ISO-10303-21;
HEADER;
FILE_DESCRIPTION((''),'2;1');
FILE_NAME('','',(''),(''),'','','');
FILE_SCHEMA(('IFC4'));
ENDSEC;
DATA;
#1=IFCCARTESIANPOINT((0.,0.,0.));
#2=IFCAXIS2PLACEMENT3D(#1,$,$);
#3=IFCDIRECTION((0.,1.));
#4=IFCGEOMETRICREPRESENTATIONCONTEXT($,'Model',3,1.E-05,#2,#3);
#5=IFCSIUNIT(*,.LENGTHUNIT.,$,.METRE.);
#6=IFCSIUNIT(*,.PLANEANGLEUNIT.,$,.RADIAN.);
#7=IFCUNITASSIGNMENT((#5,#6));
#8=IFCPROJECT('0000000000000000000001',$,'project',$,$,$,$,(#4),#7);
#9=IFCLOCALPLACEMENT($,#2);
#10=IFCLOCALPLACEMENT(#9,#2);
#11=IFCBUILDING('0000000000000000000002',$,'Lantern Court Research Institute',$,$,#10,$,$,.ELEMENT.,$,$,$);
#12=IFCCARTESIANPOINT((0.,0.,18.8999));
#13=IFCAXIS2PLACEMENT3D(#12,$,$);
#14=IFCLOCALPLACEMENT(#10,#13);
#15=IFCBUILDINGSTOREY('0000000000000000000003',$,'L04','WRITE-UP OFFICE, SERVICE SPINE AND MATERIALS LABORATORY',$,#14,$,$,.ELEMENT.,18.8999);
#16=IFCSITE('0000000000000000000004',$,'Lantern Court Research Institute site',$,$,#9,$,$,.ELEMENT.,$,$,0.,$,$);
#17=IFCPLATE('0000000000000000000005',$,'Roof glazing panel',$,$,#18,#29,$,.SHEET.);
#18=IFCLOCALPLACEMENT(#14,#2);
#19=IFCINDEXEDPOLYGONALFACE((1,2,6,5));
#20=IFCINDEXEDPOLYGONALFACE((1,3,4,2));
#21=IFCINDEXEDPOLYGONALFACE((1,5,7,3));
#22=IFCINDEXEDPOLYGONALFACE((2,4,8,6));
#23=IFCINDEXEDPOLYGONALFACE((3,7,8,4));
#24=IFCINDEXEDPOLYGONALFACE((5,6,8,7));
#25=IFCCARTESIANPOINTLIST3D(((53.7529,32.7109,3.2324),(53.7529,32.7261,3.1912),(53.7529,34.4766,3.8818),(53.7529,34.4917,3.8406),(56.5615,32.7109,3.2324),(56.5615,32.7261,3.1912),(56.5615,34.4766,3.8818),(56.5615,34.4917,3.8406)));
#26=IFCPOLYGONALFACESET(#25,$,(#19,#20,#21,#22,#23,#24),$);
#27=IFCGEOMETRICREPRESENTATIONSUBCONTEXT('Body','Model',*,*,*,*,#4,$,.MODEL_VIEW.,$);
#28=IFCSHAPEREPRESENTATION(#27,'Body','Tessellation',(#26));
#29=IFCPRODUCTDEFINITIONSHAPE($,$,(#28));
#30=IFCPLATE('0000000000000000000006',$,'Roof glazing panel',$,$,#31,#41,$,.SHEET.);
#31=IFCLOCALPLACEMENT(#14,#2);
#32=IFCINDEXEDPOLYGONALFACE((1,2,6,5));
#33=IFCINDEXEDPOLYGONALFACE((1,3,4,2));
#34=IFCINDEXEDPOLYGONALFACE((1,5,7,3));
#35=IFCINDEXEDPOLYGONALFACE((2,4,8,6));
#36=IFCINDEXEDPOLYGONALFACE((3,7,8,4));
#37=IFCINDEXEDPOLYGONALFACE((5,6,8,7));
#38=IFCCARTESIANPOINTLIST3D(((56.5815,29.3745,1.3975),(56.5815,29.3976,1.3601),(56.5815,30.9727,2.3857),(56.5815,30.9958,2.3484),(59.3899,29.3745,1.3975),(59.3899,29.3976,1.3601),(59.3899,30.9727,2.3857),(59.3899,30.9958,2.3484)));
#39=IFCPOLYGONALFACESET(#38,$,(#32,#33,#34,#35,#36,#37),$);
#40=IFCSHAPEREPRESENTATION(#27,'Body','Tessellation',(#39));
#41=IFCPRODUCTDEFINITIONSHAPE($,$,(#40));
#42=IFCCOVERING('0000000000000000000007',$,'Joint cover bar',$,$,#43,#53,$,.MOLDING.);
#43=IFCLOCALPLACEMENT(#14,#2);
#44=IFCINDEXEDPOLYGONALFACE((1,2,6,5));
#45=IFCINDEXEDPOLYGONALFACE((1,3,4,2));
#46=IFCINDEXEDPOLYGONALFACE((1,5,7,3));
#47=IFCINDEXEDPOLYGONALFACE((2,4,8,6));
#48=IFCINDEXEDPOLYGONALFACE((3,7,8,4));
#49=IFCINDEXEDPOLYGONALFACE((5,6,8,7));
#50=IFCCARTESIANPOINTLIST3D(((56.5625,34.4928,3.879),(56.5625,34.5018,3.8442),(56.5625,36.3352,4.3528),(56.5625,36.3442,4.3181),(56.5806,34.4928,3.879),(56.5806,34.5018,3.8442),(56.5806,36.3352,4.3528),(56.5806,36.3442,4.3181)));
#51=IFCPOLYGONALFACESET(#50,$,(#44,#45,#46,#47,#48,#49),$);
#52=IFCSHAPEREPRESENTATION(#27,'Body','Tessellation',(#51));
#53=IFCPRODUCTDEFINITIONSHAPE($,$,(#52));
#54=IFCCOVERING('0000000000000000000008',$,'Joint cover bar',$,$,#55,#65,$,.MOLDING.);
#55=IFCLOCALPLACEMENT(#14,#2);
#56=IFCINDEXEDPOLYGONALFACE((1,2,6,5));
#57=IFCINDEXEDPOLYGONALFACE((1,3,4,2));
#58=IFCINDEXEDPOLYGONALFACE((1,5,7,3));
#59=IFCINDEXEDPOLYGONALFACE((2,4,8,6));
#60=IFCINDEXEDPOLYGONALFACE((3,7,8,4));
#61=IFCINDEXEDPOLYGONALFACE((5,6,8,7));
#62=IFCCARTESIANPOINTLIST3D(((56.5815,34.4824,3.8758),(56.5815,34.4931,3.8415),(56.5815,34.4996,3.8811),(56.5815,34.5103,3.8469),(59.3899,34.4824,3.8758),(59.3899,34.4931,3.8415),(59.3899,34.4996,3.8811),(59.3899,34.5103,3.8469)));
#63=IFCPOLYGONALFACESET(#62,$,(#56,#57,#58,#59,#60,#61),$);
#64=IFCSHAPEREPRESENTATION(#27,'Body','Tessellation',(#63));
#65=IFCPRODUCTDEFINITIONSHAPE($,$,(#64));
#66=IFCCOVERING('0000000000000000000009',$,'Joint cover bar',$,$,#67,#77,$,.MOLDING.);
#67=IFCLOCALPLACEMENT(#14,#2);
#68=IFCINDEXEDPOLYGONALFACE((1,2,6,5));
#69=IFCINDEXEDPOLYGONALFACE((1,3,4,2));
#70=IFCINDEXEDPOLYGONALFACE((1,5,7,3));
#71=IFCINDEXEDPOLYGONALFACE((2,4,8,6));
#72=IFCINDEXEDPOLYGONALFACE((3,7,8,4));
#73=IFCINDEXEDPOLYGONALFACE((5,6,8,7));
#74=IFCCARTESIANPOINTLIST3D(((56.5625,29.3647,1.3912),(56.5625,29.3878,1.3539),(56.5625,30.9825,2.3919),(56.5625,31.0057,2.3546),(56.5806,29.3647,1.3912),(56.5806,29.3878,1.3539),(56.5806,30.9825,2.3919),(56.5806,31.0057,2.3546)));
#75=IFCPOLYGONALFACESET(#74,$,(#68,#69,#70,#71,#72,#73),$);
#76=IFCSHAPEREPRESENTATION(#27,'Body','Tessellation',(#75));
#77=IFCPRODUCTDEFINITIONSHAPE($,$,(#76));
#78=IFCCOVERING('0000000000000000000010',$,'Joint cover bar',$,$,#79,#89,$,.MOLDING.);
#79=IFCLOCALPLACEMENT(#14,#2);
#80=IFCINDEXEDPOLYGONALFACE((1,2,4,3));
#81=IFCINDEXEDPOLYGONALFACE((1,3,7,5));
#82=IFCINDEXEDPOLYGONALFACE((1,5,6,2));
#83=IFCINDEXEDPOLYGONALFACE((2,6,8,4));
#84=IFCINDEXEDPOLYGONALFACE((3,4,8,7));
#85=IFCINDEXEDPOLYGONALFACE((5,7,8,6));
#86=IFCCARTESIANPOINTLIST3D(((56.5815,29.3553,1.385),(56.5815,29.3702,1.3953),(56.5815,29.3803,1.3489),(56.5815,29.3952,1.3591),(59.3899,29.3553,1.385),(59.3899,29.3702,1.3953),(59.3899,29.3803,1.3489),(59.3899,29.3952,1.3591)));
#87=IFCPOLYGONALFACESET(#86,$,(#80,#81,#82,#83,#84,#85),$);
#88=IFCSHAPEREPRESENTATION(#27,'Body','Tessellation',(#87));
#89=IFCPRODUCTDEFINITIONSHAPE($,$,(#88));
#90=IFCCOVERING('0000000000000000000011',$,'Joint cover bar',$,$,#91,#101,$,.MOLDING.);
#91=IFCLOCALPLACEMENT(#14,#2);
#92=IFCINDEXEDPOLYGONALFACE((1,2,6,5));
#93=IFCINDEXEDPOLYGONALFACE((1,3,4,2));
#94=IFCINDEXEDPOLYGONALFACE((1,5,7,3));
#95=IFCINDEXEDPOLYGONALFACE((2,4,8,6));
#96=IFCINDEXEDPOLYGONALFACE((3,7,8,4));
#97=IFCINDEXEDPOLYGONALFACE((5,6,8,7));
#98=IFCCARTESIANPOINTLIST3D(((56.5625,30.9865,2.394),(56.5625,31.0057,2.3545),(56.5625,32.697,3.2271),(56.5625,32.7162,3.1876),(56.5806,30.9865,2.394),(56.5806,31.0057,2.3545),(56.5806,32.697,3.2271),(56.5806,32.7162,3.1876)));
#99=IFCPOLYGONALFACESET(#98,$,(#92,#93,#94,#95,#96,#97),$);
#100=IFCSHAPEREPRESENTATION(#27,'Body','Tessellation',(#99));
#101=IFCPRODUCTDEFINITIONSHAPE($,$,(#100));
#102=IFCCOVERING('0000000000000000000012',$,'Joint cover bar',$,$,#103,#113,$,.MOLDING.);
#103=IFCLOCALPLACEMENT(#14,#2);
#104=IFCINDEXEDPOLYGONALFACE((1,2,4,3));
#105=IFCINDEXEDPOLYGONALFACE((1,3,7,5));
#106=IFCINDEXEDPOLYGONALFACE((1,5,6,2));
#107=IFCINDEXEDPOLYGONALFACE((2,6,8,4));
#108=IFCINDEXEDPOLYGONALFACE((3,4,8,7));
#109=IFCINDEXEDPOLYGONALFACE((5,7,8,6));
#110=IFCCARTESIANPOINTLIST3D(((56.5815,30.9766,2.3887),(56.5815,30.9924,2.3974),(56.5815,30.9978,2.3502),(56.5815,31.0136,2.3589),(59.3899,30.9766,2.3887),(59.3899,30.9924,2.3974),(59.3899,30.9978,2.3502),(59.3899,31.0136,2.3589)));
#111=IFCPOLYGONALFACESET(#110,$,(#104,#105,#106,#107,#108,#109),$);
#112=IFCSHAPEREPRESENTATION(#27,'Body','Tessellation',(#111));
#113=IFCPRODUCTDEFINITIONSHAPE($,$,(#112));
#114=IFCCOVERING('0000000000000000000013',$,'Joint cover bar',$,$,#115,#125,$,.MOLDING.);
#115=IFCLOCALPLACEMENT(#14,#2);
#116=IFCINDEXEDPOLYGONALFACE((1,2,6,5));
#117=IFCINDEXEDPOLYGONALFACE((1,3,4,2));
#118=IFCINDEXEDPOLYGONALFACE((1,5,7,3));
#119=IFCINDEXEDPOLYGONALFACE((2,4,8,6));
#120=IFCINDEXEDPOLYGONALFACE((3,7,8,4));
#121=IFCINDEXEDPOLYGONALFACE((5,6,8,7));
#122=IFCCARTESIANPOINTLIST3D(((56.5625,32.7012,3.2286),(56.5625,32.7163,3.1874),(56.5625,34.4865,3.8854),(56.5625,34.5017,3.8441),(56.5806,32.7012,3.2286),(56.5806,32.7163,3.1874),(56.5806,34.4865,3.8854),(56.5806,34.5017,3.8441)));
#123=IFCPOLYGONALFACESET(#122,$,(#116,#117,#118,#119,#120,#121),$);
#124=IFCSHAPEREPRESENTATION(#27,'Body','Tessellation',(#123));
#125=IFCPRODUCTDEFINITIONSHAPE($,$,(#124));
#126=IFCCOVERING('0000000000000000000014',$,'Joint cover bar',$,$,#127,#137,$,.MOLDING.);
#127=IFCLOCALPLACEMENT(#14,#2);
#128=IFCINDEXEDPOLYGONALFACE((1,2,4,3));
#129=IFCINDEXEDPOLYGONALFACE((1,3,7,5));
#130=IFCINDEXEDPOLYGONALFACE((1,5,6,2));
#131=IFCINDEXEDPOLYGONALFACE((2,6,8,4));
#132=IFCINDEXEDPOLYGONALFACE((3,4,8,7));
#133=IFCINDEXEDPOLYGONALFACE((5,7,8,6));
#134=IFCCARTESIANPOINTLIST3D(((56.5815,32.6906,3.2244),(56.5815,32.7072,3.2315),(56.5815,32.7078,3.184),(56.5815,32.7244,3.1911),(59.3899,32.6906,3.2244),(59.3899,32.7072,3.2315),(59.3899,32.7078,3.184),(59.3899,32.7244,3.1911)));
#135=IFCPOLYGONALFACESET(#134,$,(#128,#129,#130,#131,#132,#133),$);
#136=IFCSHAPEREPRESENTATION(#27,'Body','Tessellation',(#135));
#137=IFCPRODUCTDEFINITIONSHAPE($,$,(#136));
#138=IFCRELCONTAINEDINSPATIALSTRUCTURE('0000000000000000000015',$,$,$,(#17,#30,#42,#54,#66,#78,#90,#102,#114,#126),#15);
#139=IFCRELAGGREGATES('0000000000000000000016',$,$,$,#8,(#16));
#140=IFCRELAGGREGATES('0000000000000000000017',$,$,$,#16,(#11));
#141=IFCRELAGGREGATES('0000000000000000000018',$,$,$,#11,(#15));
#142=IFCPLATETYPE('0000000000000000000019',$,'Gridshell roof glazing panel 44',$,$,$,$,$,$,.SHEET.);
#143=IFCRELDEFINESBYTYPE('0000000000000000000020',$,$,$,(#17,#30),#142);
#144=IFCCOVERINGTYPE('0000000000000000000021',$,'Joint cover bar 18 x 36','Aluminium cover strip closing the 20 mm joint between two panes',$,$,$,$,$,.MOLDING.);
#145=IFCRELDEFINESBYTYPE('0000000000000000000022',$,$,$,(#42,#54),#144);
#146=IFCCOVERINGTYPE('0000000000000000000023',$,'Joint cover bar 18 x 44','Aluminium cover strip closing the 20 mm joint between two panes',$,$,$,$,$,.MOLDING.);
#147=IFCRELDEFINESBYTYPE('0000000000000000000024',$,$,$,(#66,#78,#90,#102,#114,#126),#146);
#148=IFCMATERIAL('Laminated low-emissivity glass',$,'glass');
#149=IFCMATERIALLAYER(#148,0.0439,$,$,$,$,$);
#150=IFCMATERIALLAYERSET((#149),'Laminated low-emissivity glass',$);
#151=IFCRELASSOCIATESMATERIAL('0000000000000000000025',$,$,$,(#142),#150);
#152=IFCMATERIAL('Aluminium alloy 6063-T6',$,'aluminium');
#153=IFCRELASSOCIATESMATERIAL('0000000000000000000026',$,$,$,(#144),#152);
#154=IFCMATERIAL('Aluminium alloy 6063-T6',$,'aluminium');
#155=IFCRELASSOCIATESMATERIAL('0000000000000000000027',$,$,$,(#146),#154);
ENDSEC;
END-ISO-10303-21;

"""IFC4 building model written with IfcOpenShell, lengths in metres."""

from ifc_helpers import new_model, si_unit, direction, frame, origin, origin_2d, place, context, subcontext, project, spatial, polyline, rectangle, outline, extrude, material, layer, layer_set, material_profile, profile_set, type_object, element, save


model = new_model("IFC4")

# Units and contexts
model_context = context("Model", 3, precision=1e-05, world=origin(), true_north=direction((0.0, 1.0)))
body_context = subcontext(model_context, "Body", "Model", "MODEL_VIEW")
ifc_project = project(units=[si_unit("LENGTHUNIT", "METRE"), si_unit("PLANEANGLEUNIT", "RADIAN")], contexts=[model_context])

# Site, building, storey
site_placement = place(None, origin())
site = spatial("IfcSite", under=ifc_project, at=site_placement, Name="Lantern Court Research Institute site", CompositionType="ELEMENT", RefElevation=0.0)
building_placement = place(site_placement, origin())
building = spatial("IfcBuilding", under=site, at=building_placement, Name="Lantern Court Research Institute", CompositionType="ELEMENT")
storey_placement = place(building_placement, frame((0.0, 0.0, 18.8999)))
storey = spatial("IfcBuildingStorey", under=building, at=storey_placement, Name="L04", Description="WRITE-UP OFFICE, SERVICE SPINE AND MATERIALS LABORATORY", CompositionType="ELEMENT", Elevation=18.8999)

# Plates
ifc_material_1 = material(Name="Laminated low-emissivity glass", Category="glass")
ifc_layer_1 = layer(ifc_material_1, 0.0439)
ifc_layer_set_1 = layer_set([ifc_layer_1], Name="Laminated low-emissivity glass")
plate_type_1 = type_object("IfcPlateType", Name="Gridshell roof glazing panel 44", PredefinedType="SHEET", material=ifc_layer_set_1)
plate_1_placement = place(storey_placement, frame((56.5615, 32.7109, 3.2324), z_axis=(0.0, -0.3452, 0.938529), x_axis=(-1.0, 0.0, 0.0)))
element("IfcPlate", 1, at=plate_1_placement, inside=storey, type_object=plate_type_1, Name="Roof glazing panel", PredefinedType="SHEET", context=body_context, shape_type="SweptSolid", body=[
    extrude(outline(polyline([(0.0, 0.0), (2.8086, 0.0), (2.8086, -1.8813), (0.0, -1.8813), (0.0, 0.0)])), origin(), (0.0, 0.0, -1.0), 0.0439),
])
plate_2_placement = place(storey_placement, frame((59.3899, 29.3745, 1.3975), z_axis=(0.0, -0.525952, 0.850514), x_axis=(-1.0, 0.0, 0.0)))
element("IfcPlate", 2, at=plate_2_placement, inside=storey, type_object=plate_type_1, Name="Roof glazing panel", PredefinedType="SHEET", context=body_context, shape_type="SweptSolid", body=[
    extrude(outline(polyline([(0.0, 0.0), (2.8083, 0.0), (2.8083, -1.879), (0.0, -1.879), (0.0, 0.0)])), origin(), (0.0, 0.0, -1.0), 0.0439),
])

# Coverings
ifc_material_2 = material(Name="Aluminium alloy 6063-T6", Category="aluminium")
ifc_material_profile_1 = material_profile(ifc_material_2, rectangle(XDim=0.0181, YDim=0.0359, at=origin_2d()), Name="Joint cover bar 18 x 36")
ifc_profile_set_1 = profile_set([ifc_material_profile_1], Name="Aluminium alloy 6063-T6")
covering_type_1 = type_object("IfcCoveringType", Name="Joint cover bar 18 x 36", Description="Aluminium cover strip closing the 20 mm joint between two panes", PredefinedType="MOLDING", material=ifc_profile_set_1)
covering_1_placement = place(storey_placement, frame((56.5715, 34.4973, 3.8616), z_axis=(0.0, 0.968474, 0.249113), x_axis=(-1.0, 0.0, 0.0)))
element("IfcCovering", 3, at=covering_1_placement, inside=storey, type_object=covering_type_1, Name="Joint cover bar", PredefinedType="MOLDING", context=body_context, shape_type="SweptSolid", body=[
    extrude(rectangle(XDim=0.0181, YDim=0.0359, at=origin_2d()), origin(), (0.0, 0.0, 1.0), 1.9023),
])
covering_2_placement = place(storey_placement, frame((56.5815, 34.4963, 3.8613), z_axis=(1.0, 0.0, 0.0), x_axis=(0.0, 0.954713, 0.297528)))
element("IfcCovering", 4, at=covering_2_placement, inside=storey, type_object=covering_type_1, Name="Joint cover bar", PredefinedType="MOLDING", context=body_context, shape_type="SweptSolid", body=[
    extrude(rectangle(XDim=0.0181, YDim=0.0359, at=origin_2d()), origin(), (0.0, 0.0, 1.0), 2.8083),
])
ifc_material_3 = material(Name="Aluminium alloy 6063-T6", Category="aluminium")
ifc_material_profile_2 = material_profile(ifc_material_3, rectangle(XDim=0.0181, YDim=0.0439, at=origin_2d()), Name="Joint cover bar 18 x 44")
ifc_profile_set_2 = profile_set([ifc_material_profile_2], Name="Aluminium alloy 6063-T6")
covering_type_2 = type_object("IfcCoveringType", Name="Joint cover bar 18 x 44", Description="Aluminium cover strip closing the 20 mm joint between two panes", PredefinedType="MOLDING", material=ifc_profile_set_2)
covering_3_placement = place(storey_placement, frame((56.5715, 29.3762, 1.3726), z_axis=(0.0, 0.850462, 0.526036), x_axis=(-1.0, 0.0, 0.0)))
element("IfcCovering", 5, at=covering_3_placement, inside=storey, type_object=covering_type_2, Name="Joint cover bar", PredefinedType="MOLDING", context=body_context, shape_type="SweptSolid", body=[
    extrude(rectangle(XDim=0.0181, YDim=0.0439, at=origin_2d()), origin(), (0.0, 0.0, 1.0), 1.9023),
])
covering_4_placement = place(storey_placement, frame((56.5815, 29.3752, 1.3721), z_axis=(1.0, 0.0, 0.0), x_axis=(0.0, 0.822954, 0.568108)))
element("IfcCovering", 6, at=covering_4_placement, inside=storey, type_object=covering_type_2, Name="Joint cover bar", PredefinedType="MOLDING", context=body_context, shape_type="SweptSolid", body=[
    extrude(rectangle(XDim=0.0181, YDim=0.0439, at=origin_2d()), origin(), (0.0, 0.0, 1.0), 2.8083),
])
covering_5_placement = place(storey_placement, frame((56.5715, 30.9961, 2.3743), z_axis=(0.0, 0.899049, 0.437847), x_axis=(-1.0, 0.0, 0.0)))
element("IfcCovering", 7, at=covering_5_placement, inside=storey, type_object=covering_type_2, Name="Joint cover bar", PredefinedType="MOLDING", context=body_context, shape_type="SweptSolid", body=[
    extrude(rectangle(XDim=0.0181, YDim=0.0439, at=origin_2d()), origin(), (0.0, 0.0, 1.0), 1.9026),
])
covering_6_placement = place(storey_placement, frame((56.5815, 30.9951, 2.3738), z_axis=(1.0, 0.0, 0.0), x_axis=(0.0, 0.875897, 0.482497)))
element("IfcCovering", 8, at=covering_6_placement, inside=storey, type_object=covering_type_2, Name="Joint cover bar", PredefinedType="MOLDING", context=body_context, shape_type="SweptSolid", body=[
    extrude(rectangle(XDim=0.0181, YDim=0.0439, at=origin_2d()), origin(), (0.0, 0.0, 1.0), 2.8083),
])
covering_7_placement = place(storey_placement, frame((56.5715, 32.7087, 3.208), z_axis=(0.0, 0.93852, 0.345224), x_axis=(-1.0, 0.0, 0.0)))
element("IfcCovering", 9, at=covering_7_placement, inside=storey, type_object=covering_type_2, Name="Joint cover bar", PredefinedType="MOLDING", context=body_context, shape_type="SweptSolid", body=[
    extrude(rectangle(XDim=0.0181, YDim=0.0439, at=origin_2d()), origin(), (0.0, 0.0, 1.0), 1.9023),
])
covering_8_placement = place(storey_placement, frame((56.5815, 32.7075, 3.2078), z_axis=(1.0, 0.0, 0.0), x_axis=(0.0, 0.919966, 0.391999)))
element("IfcCovering", 10, at=covering_8_placement, inside=storey, type_object=covering_type_2, Name="Joint cover bar", PredefinedType="MOLDING", context=body_context, shape_type="SweptSolid", body=[
    extrude(rectangle(XDim=0.0181, YDim=0.0439, at=origin_2d()), origin(), (0.0, 0.0, 1.0), 2.8083),
])

save(model, "model.ifc")
